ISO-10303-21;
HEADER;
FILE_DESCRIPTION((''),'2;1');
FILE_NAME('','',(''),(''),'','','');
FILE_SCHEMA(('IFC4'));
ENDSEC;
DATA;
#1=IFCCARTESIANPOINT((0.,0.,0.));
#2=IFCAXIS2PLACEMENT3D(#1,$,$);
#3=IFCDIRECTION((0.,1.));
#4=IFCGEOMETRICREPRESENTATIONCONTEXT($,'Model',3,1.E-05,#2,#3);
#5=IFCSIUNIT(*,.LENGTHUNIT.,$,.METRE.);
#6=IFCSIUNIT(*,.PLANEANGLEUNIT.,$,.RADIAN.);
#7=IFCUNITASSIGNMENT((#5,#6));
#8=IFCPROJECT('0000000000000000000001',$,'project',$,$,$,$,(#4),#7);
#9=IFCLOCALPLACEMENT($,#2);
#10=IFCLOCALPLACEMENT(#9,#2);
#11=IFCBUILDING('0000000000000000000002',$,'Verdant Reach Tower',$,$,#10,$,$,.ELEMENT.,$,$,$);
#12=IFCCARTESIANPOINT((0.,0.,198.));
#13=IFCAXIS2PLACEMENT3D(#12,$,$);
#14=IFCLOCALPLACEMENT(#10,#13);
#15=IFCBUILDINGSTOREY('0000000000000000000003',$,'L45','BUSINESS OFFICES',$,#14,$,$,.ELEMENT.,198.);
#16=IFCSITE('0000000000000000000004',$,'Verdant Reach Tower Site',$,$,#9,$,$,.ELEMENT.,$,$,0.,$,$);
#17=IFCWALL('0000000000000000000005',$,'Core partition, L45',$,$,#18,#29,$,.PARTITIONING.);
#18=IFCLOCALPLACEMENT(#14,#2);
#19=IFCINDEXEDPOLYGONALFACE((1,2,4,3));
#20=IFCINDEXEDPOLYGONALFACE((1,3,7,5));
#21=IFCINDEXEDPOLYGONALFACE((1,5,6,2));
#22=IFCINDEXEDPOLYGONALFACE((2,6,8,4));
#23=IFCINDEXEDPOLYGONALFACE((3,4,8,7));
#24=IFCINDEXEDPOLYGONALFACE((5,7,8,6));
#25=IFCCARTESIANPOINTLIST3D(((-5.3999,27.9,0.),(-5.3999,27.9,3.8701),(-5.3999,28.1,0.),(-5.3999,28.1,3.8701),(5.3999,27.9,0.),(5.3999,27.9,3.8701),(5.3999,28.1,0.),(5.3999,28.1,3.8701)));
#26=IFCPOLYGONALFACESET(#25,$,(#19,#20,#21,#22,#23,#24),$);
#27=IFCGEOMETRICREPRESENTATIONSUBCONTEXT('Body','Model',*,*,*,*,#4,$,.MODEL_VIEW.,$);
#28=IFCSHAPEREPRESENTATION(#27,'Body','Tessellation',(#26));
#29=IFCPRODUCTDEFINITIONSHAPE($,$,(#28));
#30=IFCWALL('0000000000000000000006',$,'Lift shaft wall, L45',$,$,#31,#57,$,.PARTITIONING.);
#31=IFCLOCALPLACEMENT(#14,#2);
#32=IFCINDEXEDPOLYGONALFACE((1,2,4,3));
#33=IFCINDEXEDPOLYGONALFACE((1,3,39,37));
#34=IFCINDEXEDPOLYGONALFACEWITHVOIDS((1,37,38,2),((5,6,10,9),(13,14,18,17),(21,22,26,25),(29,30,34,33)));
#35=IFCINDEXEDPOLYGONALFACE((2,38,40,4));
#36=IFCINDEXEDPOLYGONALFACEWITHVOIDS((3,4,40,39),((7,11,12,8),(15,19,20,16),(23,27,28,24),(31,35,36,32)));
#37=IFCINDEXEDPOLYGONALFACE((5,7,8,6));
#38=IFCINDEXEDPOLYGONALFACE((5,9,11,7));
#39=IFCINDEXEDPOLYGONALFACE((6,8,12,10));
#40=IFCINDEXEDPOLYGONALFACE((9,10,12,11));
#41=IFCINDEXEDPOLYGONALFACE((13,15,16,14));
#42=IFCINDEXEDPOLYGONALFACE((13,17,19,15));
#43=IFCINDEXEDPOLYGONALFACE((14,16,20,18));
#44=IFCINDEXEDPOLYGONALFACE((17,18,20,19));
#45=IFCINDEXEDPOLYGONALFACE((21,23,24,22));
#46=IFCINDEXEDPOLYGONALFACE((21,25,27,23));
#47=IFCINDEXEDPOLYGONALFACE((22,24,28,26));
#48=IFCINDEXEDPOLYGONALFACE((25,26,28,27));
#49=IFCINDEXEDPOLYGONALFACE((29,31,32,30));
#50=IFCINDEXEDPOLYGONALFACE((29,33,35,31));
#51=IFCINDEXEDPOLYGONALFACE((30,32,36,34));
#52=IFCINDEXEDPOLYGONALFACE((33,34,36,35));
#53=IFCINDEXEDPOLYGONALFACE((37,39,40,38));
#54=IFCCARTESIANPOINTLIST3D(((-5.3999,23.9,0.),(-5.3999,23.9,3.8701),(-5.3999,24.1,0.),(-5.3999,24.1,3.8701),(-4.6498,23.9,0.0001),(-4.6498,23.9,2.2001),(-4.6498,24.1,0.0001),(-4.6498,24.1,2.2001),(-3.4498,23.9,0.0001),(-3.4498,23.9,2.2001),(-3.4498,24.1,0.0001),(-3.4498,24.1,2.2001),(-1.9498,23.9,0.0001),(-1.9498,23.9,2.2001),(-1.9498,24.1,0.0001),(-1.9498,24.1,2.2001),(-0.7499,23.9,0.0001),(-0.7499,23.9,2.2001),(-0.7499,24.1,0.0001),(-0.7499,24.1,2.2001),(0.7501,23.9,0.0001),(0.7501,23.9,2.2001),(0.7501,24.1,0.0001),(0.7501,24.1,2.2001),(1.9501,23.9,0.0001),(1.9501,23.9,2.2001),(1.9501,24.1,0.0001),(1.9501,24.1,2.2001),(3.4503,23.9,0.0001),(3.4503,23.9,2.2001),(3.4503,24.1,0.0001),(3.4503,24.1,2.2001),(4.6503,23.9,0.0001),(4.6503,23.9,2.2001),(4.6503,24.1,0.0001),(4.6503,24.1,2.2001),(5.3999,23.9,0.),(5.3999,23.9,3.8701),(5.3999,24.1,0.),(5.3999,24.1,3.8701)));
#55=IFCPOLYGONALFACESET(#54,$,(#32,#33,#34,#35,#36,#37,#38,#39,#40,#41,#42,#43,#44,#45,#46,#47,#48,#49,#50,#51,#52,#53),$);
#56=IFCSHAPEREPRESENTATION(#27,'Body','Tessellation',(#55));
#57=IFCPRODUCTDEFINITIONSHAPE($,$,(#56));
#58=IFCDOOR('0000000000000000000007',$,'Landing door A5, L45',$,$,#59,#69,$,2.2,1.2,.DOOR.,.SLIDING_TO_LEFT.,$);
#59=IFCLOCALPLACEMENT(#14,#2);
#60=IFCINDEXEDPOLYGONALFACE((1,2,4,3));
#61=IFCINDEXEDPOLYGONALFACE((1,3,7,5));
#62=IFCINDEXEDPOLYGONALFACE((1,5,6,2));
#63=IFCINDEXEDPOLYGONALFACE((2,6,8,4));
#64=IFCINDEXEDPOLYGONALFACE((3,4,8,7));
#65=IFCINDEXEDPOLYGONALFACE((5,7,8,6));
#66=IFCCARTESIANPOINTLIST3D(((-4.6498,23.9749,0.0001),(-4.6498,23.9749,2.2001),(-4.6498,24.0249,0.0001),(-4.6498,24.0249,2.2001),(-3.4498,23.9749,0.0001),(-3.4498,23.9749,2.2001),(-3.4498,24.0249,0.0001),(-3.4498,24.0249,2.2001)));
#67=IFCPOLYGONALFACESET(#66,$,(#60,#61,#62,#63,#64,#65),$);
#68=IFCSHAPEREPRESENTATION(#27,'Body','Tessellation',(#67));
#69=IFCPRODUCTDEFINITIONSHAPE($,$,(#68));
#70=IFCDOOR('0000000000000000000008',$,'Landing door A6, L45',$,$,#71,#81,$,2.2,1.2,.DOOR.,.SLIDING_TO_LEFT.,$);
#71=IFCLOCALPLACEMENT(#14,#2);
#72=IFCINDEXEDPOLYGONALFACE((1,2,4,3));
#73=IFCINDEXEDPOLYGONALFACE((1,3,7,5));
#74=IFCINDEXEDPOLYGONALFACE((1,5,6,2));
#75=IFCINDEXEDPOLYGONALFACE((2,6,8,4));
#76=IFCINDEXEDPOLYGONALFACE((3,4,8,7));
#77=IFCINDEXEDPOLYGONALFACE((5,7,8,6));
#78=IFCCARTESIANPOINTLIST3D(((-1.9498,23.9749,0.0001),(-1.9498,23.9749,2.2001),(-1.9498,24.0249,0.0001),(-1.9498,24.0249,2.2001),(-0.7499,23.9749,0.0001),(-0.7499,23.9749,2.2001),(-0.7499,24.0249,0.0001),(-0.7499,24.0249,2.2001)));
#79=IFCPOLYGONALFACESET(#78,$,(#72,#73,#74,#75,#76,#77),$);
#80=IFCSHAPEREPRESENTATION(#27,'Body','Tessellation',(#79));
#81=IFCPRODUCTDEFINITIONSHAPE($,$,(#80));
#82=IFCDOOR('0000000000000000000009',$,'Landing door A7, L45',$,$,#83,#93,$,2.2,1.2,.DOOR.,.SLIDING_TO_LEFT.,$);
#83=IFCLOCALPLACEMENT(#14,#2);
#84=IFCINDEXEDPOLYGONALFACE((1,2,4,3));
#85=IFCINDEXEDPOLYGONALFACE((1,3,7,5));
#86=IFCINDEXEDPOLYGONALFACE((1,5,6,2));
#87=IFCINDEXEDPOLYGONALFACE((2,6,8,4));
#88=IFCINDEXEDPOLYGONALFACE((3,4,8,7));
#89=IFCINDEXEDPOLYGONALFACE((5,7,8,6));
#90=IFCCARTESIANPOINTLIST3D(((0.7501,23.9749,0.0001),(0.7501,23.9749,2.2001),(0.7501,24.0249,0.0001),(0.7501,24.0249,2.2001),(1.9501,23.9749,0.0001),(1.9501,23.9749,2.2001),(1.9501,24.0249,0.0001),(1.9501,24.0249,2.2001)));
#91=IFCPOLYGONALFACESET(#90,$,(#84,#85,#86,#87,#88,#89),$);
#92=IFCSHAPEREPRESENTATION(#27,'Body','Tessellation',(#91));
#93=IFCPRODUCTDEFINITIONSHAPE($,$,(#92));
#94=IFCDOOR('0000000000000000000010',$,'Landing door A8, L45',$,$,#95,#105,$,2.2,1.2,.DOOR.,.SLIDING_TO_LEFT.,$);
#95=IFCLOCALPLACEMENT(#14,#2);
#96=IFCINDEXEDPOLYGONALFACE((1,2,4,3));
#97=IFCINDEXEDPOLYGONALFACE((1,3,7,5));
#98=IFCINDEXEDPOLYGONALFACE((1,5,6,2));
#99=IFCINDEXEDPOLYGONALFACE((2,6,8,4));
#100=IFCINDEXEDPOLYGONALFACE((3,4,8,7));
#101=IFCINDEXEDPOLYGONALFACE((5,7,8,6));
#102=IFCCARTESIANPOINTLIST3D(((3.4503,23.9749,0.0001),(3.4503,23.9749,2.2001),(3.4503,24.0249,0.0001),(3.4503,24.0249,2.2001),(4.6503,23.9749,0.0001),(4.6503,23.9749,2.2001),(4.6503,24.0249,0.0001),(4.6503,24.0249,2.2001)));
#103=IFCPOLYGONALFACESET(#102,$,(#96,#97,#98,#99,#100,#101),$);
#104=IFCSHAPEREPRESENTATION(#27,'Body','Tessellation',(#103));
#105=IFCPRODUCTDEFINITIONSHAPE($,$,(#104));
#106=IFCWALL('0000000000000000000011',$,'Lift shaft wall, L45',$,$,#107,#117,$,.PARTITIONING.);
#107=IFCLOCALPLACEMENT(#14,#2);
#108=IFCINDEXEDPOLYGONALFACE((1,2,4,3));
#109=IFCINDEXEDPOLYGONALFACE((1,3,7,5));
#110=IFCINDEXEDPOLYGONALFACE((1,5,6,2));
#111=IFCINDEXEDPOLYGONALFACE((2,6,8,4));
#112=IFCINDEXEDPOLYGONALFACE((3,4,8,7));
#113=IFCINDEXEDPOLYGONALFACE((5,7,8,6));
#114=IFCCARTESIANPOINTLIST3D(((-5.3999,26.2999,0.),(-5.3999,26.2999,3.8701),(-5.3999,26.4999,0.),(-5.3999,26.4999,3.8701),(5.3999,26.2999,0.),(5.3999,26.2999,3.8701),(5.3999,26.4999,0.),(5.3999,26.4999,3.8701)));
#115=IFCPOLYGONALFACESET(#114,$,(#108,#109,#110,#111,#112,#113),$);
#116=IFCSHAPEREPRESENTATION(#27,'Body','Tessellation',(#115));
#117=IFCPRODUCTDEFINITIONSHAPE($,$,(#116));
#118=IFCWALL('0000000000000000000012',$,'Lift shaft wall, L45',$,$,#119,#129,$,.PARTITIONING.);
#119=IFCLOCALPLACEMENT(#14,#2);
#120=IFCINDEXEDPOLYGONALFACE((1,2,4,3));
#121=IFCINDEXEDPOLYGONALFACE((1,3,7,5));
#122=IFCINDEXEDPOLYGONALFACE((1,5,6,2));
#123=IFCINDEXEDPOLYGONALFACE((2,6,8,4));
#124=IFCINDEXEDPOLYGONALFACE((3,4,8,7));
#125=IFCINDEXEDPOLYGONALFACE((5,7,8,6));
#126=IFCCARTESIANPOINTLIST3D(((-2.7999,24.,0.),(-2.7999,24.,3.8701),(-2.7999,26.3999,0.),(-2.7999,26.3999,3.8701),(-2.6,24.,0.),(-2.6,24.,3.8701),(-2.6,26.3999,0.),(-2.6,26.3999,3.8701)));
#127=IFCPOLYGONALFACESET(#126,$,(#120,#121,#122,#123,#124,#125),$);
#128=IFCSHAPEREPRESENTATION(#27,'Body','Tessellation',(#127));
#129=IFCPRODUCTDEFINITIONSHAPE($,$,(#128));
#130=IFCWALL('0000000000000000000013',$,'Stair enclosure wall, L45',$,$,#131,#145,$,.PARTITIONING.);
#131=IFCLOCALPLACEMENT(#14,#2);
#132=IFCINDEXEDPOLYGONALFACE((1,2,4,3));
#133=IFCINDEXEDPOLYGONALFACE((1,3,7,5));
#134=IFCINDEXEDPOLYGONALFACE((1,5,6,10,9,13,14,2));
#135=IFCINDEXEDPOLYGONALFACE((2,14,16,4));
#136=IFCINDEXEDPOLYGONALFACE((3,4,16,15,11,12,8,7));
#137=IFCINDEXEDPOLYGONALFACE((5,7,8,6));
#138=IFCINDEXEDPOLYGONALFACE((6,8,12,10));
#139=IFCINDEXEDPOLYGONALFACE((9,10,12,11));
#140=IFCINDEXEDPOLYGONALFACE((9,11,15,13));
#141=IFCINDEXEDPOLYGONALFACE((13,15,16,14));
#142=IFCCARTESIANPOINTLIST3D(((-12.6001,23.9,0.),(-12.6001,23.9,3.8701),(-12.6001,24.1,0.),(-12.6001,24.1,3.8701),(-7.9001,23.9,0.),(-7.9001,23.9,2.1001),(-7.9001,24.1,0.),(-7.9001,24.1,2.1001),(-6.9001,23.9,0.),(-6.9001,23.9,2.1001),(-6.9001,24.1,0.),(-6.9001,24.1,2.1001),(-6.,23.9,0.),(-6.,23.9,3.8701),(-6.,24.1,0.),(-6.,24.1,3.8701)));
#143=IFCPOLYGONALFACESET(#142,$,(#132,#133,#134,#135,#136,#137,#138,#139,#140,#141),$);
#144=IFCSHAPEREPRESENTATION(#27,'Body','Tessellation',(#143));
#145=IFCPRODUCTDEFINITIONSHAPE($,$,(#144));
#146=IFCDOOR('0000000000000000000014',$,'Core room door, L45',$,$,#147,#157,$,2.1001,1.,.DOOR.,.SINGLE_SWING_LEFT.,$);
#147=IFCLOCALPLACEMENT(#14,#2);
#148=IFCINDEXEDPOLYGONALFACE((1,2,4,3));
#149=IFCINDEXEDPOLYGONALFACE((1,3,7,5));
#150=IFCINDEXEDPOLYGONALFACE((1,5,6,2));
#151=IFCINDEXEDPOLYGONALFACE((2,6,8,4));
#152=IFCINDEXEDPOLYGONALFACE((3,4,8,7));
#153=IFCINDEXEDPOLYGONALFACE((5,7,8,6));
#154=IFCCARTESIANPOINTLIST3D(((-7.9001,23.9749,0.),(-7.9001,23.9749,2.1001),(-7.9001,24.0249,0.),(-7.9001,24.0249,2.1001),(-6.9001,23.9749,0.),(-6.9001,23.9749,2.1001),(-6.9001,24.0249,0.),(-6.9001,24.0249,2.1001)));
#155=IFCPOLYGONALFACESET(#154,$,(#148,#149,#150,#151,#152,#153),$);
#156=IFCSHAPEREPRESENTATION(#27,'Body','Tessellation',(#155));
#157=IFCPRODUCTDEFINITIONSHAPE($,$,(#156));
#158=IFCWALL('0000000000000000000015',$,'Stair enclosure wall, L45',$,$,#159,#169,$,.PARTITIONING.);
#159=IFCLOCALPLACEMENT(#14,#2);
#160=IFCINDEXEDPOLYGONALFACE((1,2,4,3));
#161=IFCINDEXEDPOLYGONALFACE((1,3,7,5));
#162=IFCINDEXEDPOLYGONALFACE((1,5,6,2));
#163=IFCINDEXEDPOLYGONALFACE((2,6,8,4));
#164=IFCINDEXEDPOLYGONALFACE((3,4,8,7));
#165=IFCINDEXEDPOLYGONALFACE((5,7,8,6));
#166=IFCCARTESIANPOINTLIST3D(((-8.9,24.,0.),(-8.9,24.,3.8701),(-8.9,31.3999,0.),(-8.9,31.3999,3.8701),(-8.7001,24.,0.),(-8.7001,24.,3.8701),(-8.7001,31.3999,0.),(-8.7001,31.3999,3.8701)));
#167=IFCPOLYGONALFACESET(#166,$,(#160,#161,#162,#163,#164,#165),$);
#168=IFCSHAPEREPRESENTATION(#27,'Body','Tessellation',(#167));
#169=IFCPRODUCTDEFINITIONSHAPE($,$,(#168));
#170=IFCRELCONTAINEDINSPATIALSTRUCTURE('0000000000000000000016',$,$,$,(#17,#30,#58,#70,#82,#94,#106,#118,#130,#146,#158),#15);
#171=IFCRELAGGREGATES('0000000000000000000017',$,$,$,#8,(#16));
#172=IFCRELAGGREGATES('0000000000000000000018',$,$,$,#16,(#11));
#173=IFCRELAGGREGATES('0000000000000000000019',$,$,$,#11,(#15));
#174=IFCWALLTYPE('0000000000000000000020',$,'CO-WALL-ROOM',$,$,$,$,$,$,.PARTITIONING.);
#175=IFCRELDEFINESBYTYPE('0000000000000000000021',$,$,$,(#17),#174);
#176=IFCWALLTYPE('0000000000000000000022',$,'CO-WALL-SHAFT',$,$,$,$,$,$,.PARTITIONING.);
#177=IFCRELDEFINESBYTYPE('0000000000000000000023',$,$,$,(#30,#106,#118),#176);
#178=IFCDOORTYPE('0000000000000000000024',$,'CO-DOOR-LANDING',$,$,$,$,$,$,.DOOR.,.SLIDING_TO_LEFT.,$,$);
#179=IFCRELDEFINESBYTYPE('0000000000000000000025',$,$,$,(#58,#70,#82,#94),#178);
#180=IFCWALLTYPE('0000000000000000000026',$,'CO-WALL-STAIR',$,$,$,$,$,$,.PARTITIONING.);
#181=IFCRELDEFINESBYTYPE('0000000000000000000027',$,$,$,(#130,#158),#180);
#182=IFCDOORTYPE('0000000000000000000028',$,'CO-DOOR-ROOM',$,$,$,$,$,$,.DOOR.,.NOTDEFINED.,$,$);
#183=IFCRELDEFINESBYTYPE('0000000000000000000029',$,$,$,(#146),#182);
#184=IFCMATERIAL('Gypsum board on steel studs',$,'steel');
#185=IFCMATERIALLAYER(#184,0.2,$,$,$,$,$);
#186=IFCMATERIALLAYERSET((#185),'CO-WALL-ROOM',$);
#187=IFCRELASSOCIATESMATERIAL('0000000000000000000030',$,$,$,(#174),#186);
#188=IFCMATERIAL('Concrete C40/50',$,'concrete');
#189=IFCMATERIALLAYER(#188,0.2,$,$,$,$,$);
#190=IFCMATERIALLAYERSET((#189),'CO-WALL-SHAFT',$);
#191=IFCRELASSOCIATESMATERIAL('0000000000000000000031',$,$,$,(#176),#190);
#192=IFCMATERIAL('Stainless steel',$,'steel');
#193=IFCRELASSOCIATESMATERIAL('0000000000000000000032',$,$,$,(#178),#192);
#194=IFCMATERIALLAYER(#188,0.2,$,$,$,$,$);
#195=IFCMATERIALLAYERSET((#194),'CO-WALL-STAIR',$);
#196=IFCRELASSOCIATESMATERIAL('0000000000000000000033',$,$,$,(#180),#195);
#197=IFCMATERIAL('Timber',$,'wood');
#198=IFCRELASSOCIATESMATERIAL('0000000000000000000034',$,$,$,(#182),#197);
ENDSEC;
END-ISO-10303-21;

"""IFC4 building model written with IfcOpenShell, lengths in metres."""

from ifc_helpers import new_model, si_unit, direction, frame, frame_2d, origin, place, context, subcontext, project, spatial, rectangle, extrude, material, layer, layer_set, type_object, element, fill, save


model = new_model("IFC4")

# Units and contexts
model_context = context("Model", 3, precision=1e-05, world=origin(), true_north=direction((0.0, 1.0)))
body_context = subcontext(model_context, "Body", "Model", "MODEL_VIEW")
ifc_project = project(units=[si_unit("LENGTHUNIT", "METRE"), si_unit("PLANEANGLEUNIT", "RADIAN")], contexts=[model_context])

# Site, building, storey
site_placement = place(None, origin())
site = spatial("IfcSite", under=ifc_project, at=site_placement, Name="Verdant Reach Tower Site", CompositionType="ELEMENT", RefElevation=0.0)
building_placement = place(site_placement, origin())
building = spatial("IfcBuilding", under=site, at=building_placement, Name="Verdant Reach Tower", CompositionType="ELEMENT")
storey_placement = place(building_placement, frame((0.0, 0.0, 198.0)))
storey = spatial("IfcBuildingStorey", under=building, at=storey_placement, Name="L45", Description="BUSINESS OFFICES", CompositionType="ELEMENT", Elevation=198.0)

# Wall
ifc_material_1 = material(Name="Gypsum board on steel studs", Category="steel")
ifc_layer_1 = layer(ifc_material_1, 0.2)
ifc_layer_set_1 = layer_set([ifc_layer_1], Name="CO-WALL-ROOM")
wall_type_1 = type_object("IfcWallType", Name="CO-WALL-ROOM", PredefinedType="PARTITIONING", material=ifc_layer_set_1)
wall_1_placement = place(storey_placement, frame((-5.3999, 28.0, 0.0), z_axis=(0.0, 0.0, 1.0), x_axis=(1.0, 0.0, 0.0)))
element("IfcWall", 1, at=wall_1_placement, inside=storey, type_object=wall_type_1, Name="Core partition, L45", PredefinedType="PARTITIONING", context=body_context, shape_type="SweptSolid", body=[
    extrude(rectangle(XDim=10.7998, YDim=0.2, at=frame_2d((5.3999, 0.0))), origin(), (0.0, 0.0, 1.0), 3.8701),
])

# Wall, openings, doors
ifc_material_2 = material(Name="Concrete C40/50", Category="concrete")
ifc_layer_2 = layer(ifc_material_2, 0.2)
ifc_layer_set_2 = layer_set([ifc_layer_2], Name="CO-WALL-SHAFT")
wall_type_2 = type_object("IfcWallType", Name="CO-WALL-SHAFT", PredefinedType="PARTITIONING", material=ifc_layer_set_2)
wall_2_placement = place(storey_placement, frame((-5.3999, 24.0, 0.0), z_axis=(0.0, 0.0, 1.0), x_axis=(1.0, 0.0, 0.0)))
wall_2 = element("IfcWall", 2, at=wall_2_placement, inside=storey, type_object=wall_type_2, Name="Lift shaft wall, L45", PredefinedType="PARTITIONING", context=body_context, shape_type="SweptSolid", body=[
    extrude(rectangle(XDim=10.7998, YDim=0.2, at=frame_2d((5.3999, 0.0))), origin(), (0.0, 0.0, 1.0), 3.8701),
])
opening_1_placement = place(wall_2_placement, frame((0.75, 0.0, 0.0)))
opening_1 = element("IfcOpeningElement", 3, at=opening_1_placement, cuts=wall_2, PredefinedType="OPENING", context=body_context, shape_type="SweptSolid", body=[
    extrude(rectangle(XDim=1.2, YDim=2.2, at=frame_2d((0.6001, 1.1001))), frame((0.0, 0.1099, 0.0), z_axis=(0.0, -1.0, 0.0), x_axis=(1.0, 0.0, 0.0)), (0.0, 0.0, 1.0), 0.22),
])
opening_2_placement = place(wall_2_placement, frame((3.45, 0.0, 0.0)))
opening_2 = element("IfcOpeningElement", 4, at=opening_2_placement, cuts=wall_2, PredefinedType="OPENING", context=body_context, shape_type="SweptSolid", body=[
    extrude(rectangle(XDim=1.2, YDim=2.2, at=frame_2d((0.6001, 1.1001))), frame((0.0, 0.1099, 0.0), z_axis=(0.0, -1.0, 0.0), x_axis=(1.0, 0.0, 0.0)), (0.0, 0.0, 1.0), 0.22),
])
opening_3_placement = place(wall_2_placement, frame((6.1499, 0.0, 0.0)))
opening_3 = element("IfcOpeningElement", 5, at=opening_3_placement, cuts=wall_2, PredefinedType="OPENING", context=body_context, shape_type="SweptSolid", body=[
    extrude(rectangle(XDim=1.2, YDim=2.2, at=frame_2d((0.6001, 1.1001))), frame((0.0, 0.1099, 0.0), z_axis=(0.0, -1.0, 0.0), x_axis=(1.0, 0.0, 0.0)), (0.0, 0.0, 1.0), 0.22),
])
opening_4_placement = place(wall_2_placement, frame((8.8501, 0.0, 0.0)))
opening_4 = element("IfcOpeningElement", 6, at=opening_4_placement, cuts=wall_2, PredefinedType="OPENING", context=body_context, shape_type="SweptSolid", body=[
    extrude(rectangle(XDim=1.2, YDim=2.2, at=frame_2d((0.6001, 1.1001))), frame((0.0, 0.1099, 0.0), z_axis=(0.0, -1.0, 0.0), x_axis=(1.0, 0.0, 0.0)), (0.0, 0.0, 1.0), 0.22),
])
ifc_material_3 = material(Name="Stainless steel", Category="steel")
door_type_1 = type_object("IfcDoorType", Name="CO-DOOR-LANDING", OperationType="SLIDING_TO_LEFT", PredefinedType="DOOR", material=ifc_material_3)
door_1_placement = place(opening_1_placement, origin())
door_1 = element("IfcDoor", 7, at=door_1_placement, inside=storey, type_object=door_type_1, Name="Landing door A5, L45", OperationType="SLIDING_TO_LEFT", OverallHeight=2.2, OverallWidth=1.2, PredefinedType="DOOR", context=body_context, shape_type="SweptSolid", body=[
    extrude(rectangle(XDim=1.2, YDim=2.2, at=frame_2d((0.6001, 1.1001))), frame((0.0, 0.0249, 0.0), z_axis=(0.0, -1.0, 0.0), x_axis=(1.0, 0.0, 0.0)), (0.0, 0.0, 1.0), 0.05),
])
fill(opening_1, door_1)
door_2_placement = place(opening_2_placement, origin())
door_2 = element("IfcDoor", 8, at=door_2_placement, inside=storey, type_object=door_type_1, Name="Landing door A6, L45", OperationType="SLIDING_TO_LEFT", OverallHeight=2.2, OverallWidth=1.2, PredefinedType="DOOR", context=body_context, shape_type="SweptSolid", body=[
    extrude(rectangle(XDim=1.2, YDim=2.2, at=frame_2d((0.6001, 1.1001))), frame((0.0, 0.0249, 0.0), z_axis=(0.0, -1.0, 0.0), x_axis=(1.0, 0.0, 0.0)), (0.0, 0.0, 1.0), 0.05),
])
fill(opening_2, door_2)
door_3_placement = place(opening_3_placement, origin())
door_3 = element("IfcDoor", 9, at=door_3_placement, inside=storey, type_object=door_type_1, Name="Landing door A7, L45", OperationType="SLIDING_TO_LEFT", OverallHeight=2.2, OverallWidth=1.2, PredefinedType="DOOR", context=body_context, shape_type="SweptSolid", body=[
    extrude(rectangle(XDim=1.2, YDim=2.2, at=frame_2d((0.6001, 1.1001))), frame((0.0, 0.0249, 0.0), z_axis=(0.0, -1.0, 0.0), x_axis=(1.0, 0.0, 0.0)), (0.0, 0.0, 1.0), 0.05),
])
fill(opening_3, door_3)
door_4_placement = place(opening_4_placement, origin())
door_4 = element("IfcDoor", 10, at=door_4_placement, inside=storey, type_object=door_type_1, Name="Landing door A8, L45", OperationType="SLIDING_TO_LEFT", OverallHeight=2.2, OverallWidth=1.2, PredefinedType="DOOR", context=body_context, shape_type="SweptSolid", body=[
    extrude(rectangle(XDim=1.2, YDim=2.2, at=frame_2d((0.6001, 1.1001))), frame((0.0, 0.0249, 0.0), z_axis=(0.0, -1.0, 0.0), x_axis=(1.0, 0.0, 0.0)), (0.0, 0.0, 1.0), 0.05),
])
fill(opening_4, door_4)

# Walls
wall_3_placement = place(storey_placement, frame((-5.3999, 26.3999, 0.0), z_axis=(0.0, 0.0, 1.0), x_axis=(1.0, 0.0, 0.0)))
element("IfcWall", 11, at=wall_3_placement, inside=storey, type_object=wall_type_2, Name="Lift shaft wall, L45", PredefinedType="PARTITIONING", context=body_context, shape_type="SweptSolid", body=[
    extrude(rectangle(XDim=10.7998, YDim=0.2, at=frame_2d((5.3999, 0.0))), origin(), (0.0, 0.0, 1.0), 3.8701),
])
wall_4_placement = place(storey_placement, frame((-2.7, 24.0, 0.0), z_axis=(0.0, 0.0, 1.0), x_axis=(0.0, 1.0, 0.0)))
element("IfcWall", 12, at=wall_4_placement, inside=storey, type_object=wall_type_2, Name="Lift shaft wall, L45", PredefinedType="PARTITIONING", context=body_context, shape_type="SweptSolid", body=[
    extrude(rectangle(XDim=2.3999, YDim=0.2, at=frame_2d((1.2, 0.0))), origin(), (0.0, 0.0, 1.0), 3.8701),
])

# Wall, opening, door
ifc_layer_3 = layer(ifc_material_2, 0.2)
ifc_layer_set_3 = layer_set([ifc_layer_3], Name="CO-WALL-STAIR")
wall_type_3 = type_object("IfcWallType", Name="CO-WALL-STAIR", PredefinedType="PARTITIONING", material=ifc_layer_set_3)
wall_5_placement = place(storey_placement, frame((-12.6001, 24.0, 0.0), z_axis=(0.0, 0.0, 1.0), x_axis=(1.0, 0.0, 0.0)))
wall_5 = element("IfcWall", 13, at=wall_5_placement, inside=storey, type_object=wall_type_3, Name="Stair enclosure wall, L45", PredefinedType="PARTITIONING", context=body_context, shape_type="SweptSolid", body=[
    extrude(rectangle(XDim=6.6001, YDim=0.2, at=frame_2d((3.3, 0.0))), origin(), (0.0, 0.0, 1.0), 3.8701),
])
opening_5_placement = place(wall_5_placement, frame((4.7, 0.0, 0.0)))
opening_5 = element("IfcOpeningElement", 14, at=opening_5_placement, cuts=wall_5, PredefinedType="OPENING", context=body_context, shape_type="SweptSolid", body=[
    extrude(rectangle(XDim=1.0, YDim=2.1001, at=frame_2d((0.5, 1.05))), frame((0.0, 0.1099, 0.0), z_axis=(0.0, -1.0, 0.0), x_axis=(1.0, 0.0, 0.0)), (0.0, 0.0, 1.0), 0.22),
])
ifc_material_4 = material(Name="Timber", Category="wood")
door_type_2 = type_object("IfcDoorType", Name="CO-DOOR-ROOM", OperationType="NOTDEFINED", PredefinedType="DOOR", material=ifc_material_4)
door_5_placement = place(opening_5_placement, origin())
door_5 = element("IfcDoor", 15, at=door_5_placement, inside=storey, type_object=door_type_2, Name="Core room door, L45", OperationType="SINGLE_SWING_LEFT", OverallHeight=2.1001, OverallWidth=1.0, PredefinedType="DOOR", context=body_context, shape_type="SweptSolid", body=[
    extrude(rectangle(XDim=1.0, YDim=2.1001, at=frame_2d((0.5, 1.05))), frame((0.0, 0.0249, 0.0), z_axis=(0.0, -1.0, 0.0), x_axis=(1.0, 0.0, 0.0)), (0.0, 0.0, 1.0), 0.05),
])
fill(opening_5, door_5)

# Wall
wall_6_placement = place(storey_placement, frame((-8.8, 24.0, 0.0), z_axis=(0.0, 0.0, 1.0), x_axis=(0.0, 1.0, 0.0)))
element("IfcWall", 16, at=wall_6_placement, inside=storey, type_object=wall_type_3, Name="Stair enclosure wall, L45", PredefinedType="PARTITIONING", context=body_context, shape_type="SweptSolid", body=[
    extrude(rectangle(XDim=7.3999, YDim=0.2, at=frame_2d((3.7, 0.0))), origin(), (0.0, 0.0, 1.0), 3.8701),
])

save(model, "model.ifc")
